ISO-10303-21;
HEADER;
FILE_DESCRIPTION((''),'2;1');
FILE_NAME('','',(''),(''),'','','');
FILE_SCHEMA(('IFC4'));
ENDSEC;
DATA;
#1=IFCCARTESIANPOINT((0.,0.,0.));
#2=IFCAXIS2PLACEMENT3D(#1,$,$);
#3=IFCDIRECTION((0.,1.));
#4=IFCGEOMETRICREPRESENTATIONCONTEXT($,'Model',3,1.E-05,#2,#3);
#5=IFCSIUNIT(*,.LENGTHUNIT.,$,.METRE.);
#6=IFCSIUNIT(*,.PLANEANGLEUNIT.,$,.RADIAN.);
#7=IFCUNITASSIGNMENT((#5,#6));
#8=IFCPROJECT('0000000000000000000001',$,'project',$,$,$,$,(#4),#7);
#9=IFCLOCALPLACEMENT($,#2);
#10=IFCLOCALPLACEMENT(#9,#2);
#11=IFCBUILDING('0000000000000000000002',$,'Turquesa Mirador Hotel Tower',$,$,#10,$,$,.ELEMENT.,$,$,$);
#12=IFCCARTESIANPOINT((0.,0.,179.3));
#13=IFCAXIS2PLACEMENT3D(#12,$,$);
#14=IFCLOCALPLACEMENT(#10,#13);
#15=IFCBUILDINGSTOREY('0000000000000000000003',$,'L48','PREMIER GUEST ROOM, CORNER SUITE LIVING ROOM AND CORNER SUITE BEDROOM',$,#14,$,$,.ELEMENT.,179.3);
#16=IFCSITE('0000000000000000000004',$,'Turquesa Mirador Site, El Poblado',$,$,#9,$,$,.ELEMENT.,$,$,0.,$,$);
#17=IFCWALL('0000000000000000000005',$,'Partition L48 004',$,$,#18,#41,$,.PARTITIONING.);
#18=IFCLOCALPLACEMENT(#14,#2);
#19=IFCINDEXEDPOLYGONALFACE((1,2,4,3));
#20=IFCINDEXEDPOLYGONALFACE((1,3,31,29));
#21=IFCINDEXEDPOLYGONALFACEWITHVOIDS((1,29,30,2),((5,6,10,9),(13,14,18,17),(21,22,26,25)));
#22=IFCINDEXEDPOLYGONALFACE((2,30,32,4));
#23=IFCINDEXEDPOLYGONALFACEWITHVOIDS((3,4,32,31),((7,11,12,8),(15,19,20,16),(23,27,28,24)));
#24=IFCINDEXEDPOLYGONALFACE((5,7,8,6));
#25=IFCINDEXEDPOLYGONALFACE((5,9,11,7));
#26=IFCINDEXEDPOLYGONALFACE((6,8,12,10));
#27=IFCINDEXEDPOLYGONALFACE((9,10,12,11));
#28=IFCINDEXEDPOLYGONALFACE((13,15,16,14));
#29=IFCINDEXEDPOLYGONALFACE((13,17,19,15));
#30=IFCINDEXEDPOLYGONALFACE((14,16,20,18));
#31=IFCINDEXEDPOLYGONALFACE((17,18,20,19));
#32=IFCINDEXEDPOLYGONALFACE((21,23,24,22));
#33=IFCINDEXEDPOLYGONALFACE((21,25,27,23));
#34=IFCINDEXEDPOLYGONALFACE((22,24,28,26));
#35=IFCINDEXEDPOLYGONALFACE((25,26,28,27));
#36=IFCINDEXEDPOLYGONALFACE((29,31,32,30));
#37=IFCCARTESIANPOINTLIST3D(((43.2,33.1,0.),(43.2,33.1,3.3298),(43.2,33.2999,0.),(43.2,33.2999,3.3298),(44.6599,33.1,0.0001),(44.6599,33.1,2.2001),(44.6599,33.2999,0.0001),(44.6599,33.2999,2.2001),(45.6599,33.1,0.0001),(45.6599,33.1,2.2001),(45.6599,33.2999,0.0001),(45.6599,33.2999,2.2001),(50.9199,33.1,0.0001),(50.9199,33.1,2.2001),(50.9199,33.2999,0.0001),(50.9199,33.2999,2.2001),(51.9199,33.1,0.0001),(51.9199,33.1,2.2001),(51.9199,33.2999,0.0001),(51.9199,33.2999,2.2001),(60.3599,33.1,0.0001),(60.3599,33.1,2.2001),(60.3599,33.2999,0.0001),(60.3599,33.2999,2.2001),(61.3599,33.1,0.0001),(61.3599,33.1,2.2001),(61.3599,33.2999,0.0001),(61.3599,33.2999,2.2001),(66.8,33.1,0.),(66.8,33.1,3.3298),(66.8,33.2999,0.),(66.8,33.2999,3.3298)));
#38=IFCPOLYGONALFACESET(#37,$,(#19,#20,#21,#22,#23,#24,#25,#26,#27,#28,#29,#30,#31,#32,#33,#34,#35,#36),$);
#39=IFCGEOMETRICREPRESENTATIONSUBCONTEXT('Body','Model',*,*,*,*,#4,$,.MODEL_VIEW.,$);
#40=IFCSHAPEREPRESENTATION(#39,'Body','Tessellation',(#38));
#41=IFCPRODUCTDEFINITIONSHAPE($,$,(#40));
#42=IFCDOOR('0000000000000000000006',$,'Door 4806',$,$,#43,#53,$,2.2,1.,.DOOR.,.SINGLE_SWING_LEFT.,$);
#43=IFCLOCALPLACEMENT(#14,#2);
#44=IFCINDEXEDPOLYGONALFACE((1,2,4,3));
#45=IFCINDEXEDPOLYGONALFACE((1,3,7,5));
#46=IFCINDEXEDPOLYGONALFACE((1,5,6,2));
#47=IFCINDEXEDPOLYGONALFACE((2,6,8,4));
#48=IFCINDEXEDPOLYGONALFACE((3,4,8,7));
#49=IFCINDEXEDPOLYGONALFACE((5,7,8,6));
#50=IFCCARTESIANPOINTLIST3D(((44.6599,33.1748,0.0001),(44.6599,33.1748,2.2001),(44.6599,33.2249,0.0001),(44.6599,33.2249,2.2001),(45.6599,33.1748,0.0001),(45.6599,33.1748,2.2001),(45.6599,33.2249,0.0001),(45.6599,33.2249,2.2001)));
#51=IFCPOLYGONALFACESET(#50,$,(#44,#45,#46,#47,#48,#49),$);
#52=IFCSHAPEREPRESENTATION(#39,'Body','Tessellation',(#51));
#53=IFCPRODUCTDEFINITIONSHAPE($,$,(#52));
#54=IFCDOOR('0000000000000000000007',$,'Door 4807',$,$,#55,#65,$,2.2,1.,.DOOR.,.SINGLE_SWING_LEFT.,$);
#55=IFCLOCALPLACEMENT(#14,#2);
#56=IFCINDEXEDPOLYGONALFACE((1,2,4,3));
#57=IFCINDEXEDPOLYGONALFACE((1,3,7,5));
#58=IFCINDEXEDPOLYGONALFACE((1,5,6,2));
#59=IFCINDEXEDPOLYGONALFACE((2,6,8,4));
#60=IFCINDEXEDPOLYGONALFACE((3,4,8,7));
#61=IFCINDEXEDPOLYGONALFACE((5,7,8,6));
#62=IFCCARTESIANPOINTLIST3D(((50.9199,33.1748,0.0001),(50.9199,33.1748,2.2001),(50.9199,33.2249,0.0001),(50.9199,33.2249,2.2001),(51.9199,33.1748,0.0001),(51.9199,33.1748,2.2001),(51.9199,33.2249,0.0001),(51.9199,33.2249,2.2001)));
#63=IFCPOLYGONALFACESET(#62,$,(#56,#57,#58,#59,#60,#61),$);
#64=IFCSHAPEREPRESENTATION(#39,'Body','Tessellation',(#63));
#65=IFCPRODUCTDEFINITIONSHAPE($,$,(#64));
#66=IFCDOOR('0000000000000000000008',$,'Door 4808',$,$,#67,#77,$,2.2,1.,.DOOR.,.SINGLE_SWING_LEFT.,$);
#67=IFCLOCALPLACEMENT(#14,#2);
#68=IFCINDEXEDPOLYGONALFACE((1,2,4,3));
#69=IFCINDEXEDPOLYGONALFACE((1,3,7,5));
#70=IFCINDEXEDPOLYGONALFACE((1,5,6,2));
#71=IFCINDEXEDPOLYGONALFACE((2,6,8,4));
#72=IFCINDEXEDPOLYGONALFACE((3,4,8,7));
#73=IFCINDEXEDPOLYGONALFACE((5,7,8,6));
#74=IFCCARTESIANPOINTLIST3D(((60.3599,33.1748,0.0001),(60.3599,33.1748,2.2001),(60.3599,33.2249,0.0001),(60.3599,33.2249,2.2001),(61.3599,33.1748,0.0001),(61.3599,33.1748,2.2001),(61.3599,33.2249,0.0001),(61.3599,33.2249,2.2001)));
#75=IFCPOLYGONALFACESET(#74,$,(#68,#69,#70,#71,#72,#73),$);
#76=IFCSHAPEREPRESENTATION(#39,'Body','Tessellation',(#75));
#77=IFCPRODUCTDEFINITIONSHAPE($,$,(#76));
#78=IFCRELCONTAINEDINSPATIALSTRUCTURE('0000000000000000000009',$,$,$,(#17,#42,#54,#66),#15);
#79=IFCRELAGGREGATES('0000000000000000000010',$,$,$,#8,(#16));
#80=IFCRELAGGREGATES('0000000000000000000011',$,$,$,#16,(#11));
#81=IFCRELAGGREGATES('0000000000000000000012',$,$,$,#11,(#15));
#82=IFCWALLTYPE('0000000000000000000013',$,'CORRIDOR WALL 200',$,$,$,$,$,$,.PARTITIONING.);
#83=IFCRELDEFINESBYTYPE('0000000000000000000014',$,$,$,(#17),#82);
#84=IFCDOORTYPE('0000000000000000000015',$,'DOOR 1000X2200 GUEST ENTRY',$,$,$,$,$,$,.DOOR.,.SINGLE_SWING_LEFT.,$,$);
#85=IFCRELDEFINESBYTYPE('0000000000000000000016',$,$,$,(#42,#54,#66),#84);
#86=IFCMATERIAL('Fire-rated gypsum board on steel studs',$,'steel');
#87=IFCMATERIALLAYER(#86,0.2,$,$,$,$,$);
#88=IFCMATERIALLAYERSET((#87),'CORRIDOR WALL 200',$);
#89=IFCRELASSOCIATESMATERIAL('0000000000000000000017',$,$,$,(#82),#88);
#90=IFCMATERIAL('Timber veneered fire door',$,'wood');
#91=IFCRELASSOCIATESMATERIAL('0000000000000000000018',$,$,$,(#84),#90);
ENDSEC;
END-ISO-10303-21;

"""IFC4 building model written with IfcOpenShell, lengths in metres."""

from ifc_helpers import new_model, si_unit, direction, frame, frame_2d, origin, place, context, subcontext, project, spatial, rectangle, extrude, material, layer, layer_set, type_object, element, fill, save


model = new_model("IFC4")

# Units and contexts
model_context = context("Model", 3, precision=1e-05, world=origin(), true_north=direction((0.0, 1.0)))
body_context = subcontext(model_context, "Body", "Model", "MODEL_VIEW")
ifc_project = project(units=[si_unit("LENGTHUNIT", "METRE"), si_unit("PLANEANGLEUNIT", "RADIAN")], contexts=[model_context])

# Site, building, storey
site_placement = place(None, origin())
site = spatial("IfcSite", under=ifc_project, at=site_placement, Name="Turquesa Mirador Site, El Poblado", CompositionType="ELEMENT", RefElevation=0.0)
building_placement = place(site_placement, origin())
building = spatial("IfcBuilding", under=site, at=building_placement, Name="Turquesa Mirador Hotel Tower", CompositionType="ELEMENT")
storey_placement = place(building_placement, frame((0.0, 0.0, 179.3)))
storey = spatial("IfcBuildingStorey", under=building, at=storey_placement, Name="L48", Description="PREMIER GUEST ROOM, CORNER SUITE LIVING ROOM AND CORNER SUITE BEDROOM", CompositionType="ELEMENT", Elevation=179.3)

# Wall, openings, doors
ifc_material_1 = material(Name="Fire-rated gypsum board on steel studs", Category="steel")
ifc_layer_1 = layer(ifc_material_1, 0.2)
ifc_layer_set_1 = layer_set([ifc_layer_1], Name="CORRIDOR WALL 200")
wall_type_1 = type_object("IfcWallType", Name="CORRIDOR WALL 200", PredefinedType="PARTITIONING", material=ifc_layer_set_1)
wall_1_placement = place(storey_placement, frame((43.2, 33.2, 0.0), z_axis=(0.0, 0.0, 1.0), x_axis=(1.0, 0.0, 0.0)))
wall_1 = element("IfcWall", 1, at=wall_1_placement, inside=storey, type_object=wall_type_1, Name="Partition L48 004", PredefinedType="PARTITIONING", context=body_context, shape_type="SweptSolid", body=[
    extrude(rectangle(XDim=23.6001, YDim=0.2, at=frame_2d((11.8, 0.0))), origin(), (0.0, 0.0, 1.0), 3.3298),
])
opening_1_placement = place(wall_1_placement, frame((1.46, 0.0, 0.0)))
opening_1 = element("IfcOpeningElement", 2, at=opening_1_placement, cuts=wall_1, PredefinedType="OPENING", context=body_context, shape_type="SweptSolid", body=[
    extrude(rectangle(XDim=1.0, YDim=2.2, at=frame_2d((0.5, 1.1001))), frame((0.0, 0.1099, 0.0), z_axis=(0.0, -1.0, 0.0), x_axis=(1.0, 0.0, 0.0)), (0.0, 0.0, 1.0), 0.22),
])
opening_2_placement = place(wall_1_placement, frame((7.72, 0.0, 0.0)))
opening_2 = element("IfcOpeningElement", 3, at=opening_2_placement, cuts=wall_1, PredefinedType="OPENING", context=body_context, shape_type="SweptSolid", body=[
    extrude(rectangle(XDim=1.0, YDim=2.2, at=frame_2d((0.5, 1.1001))), frame((0.0, 0.1099, 0.0), z_axis=(0.0, -1.0, 0.0), x_axis=(1.0, 0.0, 0.0)), (0.0, 0.0, 1.0), 0.22),
])
opening_3_placement = place(wall_1_placement, frame((17.1599, 0.0, 0.0)))
opening_3 = element("IfcOpeningElement", 4, at=opening_3_placement, cuts=wall_1, PredefinedType="OPENING", context=body_context, shape_type="SweptSolid", body=[
    extrude(rectangle(XDim=1.0, YDim=2.2, at=frame_2d((0.5, 1.1001))), frame((0.0, 0.1099, 0.0), z_axis=(0.0, -1.0, 0.0), x_axis=(1.0, 0.0, 0.0)), (0.0, 0.0, 1.0), 0.22),
])
ifc_material_2 = material(Name="Timber veneered fire door", Category="wood")
door_type_1 = type_object("IfcDoorType", Name="DOOR 1000X2200 GUEST ENTRY", OperationType="SINGLE_SWING_LEFT", PredefinedType="DOOR", material=ifc_material_2)
door_1_placement = place(opening_1_placement, origin())
door_1 = element("IfcDoor", 5, at=door_1_placement, inside=storey, type_object=door_type_1, Name="Door 4806", OperationType="SINGLE_SWING_LEFT", OverallHeight=2.2, OverallWidth=1.0, PredefinedType="DOOR", context=body_context, shape_type="SweptSolid", body=[
    extrude(rectangle(XDim=1.0, YDim=2.2, at=frame_2d((0.5, 1.1001))), frame((0.0, 0.0249, 0.0), z_axis=(0.0, -1.0, 0.0), x_axis=(1.0, 0.0, 0.0)), (0.0, 0.0, 1.0), 0.05),
])
fill(opening_1, door_1)
door_2_placement = place(opening_2_placement, origin())
door_2 = element("IfcDoor", 6, at=door_2_placement, inside=storey, type_object=door_type_1, Name="Door 4807", OperationType="SINGLE_SWING_LEFT", OverallHeight=2.2, OverallWidth=1.0, PredefinedType="DOOR", context=body_context, shape_type="SweptSolid", body=[
    extrude(rectangle(XDim=1.0, YDim=2.2, at=frame_2d((0.5, 1.1001))), frame((0.0, 0.0249, 0.0), z_axis=(0.0, -1.0, 0.0), x_axis=(1.0, 0.0, 0.0)), (0.0, 0.0, 1.0), 0.05),
])
fill(opening_2, door_2)
door_3_placement = place(opening_3_placement, origin())
door_3 = element("IfcDoor", 7, at=door_3_placement, inside=storey, type_object=door_type_1, Name="Door 4808", OperationType="SINGLE_SWING_LEFT", OverallHeight=2.2, OverallWidth=1.0, PredefinedType="DOOR", context=body_context, shape_type="SweptSolid", body=[
    extrude(rectangle(XDim=1.0, YDim=2.2, at=frame_2d((0.5, 1.1001))), frame((0.0, 0.0249, 0.0), z_axis=(0.0, -1.0, 0.0), x_axis=(1.0, 0.0, 0.0)), (0.0, 0.0, 1.0), 0.05),
])
fill(opening_3, door_3)

save(model, "model.ifc")
